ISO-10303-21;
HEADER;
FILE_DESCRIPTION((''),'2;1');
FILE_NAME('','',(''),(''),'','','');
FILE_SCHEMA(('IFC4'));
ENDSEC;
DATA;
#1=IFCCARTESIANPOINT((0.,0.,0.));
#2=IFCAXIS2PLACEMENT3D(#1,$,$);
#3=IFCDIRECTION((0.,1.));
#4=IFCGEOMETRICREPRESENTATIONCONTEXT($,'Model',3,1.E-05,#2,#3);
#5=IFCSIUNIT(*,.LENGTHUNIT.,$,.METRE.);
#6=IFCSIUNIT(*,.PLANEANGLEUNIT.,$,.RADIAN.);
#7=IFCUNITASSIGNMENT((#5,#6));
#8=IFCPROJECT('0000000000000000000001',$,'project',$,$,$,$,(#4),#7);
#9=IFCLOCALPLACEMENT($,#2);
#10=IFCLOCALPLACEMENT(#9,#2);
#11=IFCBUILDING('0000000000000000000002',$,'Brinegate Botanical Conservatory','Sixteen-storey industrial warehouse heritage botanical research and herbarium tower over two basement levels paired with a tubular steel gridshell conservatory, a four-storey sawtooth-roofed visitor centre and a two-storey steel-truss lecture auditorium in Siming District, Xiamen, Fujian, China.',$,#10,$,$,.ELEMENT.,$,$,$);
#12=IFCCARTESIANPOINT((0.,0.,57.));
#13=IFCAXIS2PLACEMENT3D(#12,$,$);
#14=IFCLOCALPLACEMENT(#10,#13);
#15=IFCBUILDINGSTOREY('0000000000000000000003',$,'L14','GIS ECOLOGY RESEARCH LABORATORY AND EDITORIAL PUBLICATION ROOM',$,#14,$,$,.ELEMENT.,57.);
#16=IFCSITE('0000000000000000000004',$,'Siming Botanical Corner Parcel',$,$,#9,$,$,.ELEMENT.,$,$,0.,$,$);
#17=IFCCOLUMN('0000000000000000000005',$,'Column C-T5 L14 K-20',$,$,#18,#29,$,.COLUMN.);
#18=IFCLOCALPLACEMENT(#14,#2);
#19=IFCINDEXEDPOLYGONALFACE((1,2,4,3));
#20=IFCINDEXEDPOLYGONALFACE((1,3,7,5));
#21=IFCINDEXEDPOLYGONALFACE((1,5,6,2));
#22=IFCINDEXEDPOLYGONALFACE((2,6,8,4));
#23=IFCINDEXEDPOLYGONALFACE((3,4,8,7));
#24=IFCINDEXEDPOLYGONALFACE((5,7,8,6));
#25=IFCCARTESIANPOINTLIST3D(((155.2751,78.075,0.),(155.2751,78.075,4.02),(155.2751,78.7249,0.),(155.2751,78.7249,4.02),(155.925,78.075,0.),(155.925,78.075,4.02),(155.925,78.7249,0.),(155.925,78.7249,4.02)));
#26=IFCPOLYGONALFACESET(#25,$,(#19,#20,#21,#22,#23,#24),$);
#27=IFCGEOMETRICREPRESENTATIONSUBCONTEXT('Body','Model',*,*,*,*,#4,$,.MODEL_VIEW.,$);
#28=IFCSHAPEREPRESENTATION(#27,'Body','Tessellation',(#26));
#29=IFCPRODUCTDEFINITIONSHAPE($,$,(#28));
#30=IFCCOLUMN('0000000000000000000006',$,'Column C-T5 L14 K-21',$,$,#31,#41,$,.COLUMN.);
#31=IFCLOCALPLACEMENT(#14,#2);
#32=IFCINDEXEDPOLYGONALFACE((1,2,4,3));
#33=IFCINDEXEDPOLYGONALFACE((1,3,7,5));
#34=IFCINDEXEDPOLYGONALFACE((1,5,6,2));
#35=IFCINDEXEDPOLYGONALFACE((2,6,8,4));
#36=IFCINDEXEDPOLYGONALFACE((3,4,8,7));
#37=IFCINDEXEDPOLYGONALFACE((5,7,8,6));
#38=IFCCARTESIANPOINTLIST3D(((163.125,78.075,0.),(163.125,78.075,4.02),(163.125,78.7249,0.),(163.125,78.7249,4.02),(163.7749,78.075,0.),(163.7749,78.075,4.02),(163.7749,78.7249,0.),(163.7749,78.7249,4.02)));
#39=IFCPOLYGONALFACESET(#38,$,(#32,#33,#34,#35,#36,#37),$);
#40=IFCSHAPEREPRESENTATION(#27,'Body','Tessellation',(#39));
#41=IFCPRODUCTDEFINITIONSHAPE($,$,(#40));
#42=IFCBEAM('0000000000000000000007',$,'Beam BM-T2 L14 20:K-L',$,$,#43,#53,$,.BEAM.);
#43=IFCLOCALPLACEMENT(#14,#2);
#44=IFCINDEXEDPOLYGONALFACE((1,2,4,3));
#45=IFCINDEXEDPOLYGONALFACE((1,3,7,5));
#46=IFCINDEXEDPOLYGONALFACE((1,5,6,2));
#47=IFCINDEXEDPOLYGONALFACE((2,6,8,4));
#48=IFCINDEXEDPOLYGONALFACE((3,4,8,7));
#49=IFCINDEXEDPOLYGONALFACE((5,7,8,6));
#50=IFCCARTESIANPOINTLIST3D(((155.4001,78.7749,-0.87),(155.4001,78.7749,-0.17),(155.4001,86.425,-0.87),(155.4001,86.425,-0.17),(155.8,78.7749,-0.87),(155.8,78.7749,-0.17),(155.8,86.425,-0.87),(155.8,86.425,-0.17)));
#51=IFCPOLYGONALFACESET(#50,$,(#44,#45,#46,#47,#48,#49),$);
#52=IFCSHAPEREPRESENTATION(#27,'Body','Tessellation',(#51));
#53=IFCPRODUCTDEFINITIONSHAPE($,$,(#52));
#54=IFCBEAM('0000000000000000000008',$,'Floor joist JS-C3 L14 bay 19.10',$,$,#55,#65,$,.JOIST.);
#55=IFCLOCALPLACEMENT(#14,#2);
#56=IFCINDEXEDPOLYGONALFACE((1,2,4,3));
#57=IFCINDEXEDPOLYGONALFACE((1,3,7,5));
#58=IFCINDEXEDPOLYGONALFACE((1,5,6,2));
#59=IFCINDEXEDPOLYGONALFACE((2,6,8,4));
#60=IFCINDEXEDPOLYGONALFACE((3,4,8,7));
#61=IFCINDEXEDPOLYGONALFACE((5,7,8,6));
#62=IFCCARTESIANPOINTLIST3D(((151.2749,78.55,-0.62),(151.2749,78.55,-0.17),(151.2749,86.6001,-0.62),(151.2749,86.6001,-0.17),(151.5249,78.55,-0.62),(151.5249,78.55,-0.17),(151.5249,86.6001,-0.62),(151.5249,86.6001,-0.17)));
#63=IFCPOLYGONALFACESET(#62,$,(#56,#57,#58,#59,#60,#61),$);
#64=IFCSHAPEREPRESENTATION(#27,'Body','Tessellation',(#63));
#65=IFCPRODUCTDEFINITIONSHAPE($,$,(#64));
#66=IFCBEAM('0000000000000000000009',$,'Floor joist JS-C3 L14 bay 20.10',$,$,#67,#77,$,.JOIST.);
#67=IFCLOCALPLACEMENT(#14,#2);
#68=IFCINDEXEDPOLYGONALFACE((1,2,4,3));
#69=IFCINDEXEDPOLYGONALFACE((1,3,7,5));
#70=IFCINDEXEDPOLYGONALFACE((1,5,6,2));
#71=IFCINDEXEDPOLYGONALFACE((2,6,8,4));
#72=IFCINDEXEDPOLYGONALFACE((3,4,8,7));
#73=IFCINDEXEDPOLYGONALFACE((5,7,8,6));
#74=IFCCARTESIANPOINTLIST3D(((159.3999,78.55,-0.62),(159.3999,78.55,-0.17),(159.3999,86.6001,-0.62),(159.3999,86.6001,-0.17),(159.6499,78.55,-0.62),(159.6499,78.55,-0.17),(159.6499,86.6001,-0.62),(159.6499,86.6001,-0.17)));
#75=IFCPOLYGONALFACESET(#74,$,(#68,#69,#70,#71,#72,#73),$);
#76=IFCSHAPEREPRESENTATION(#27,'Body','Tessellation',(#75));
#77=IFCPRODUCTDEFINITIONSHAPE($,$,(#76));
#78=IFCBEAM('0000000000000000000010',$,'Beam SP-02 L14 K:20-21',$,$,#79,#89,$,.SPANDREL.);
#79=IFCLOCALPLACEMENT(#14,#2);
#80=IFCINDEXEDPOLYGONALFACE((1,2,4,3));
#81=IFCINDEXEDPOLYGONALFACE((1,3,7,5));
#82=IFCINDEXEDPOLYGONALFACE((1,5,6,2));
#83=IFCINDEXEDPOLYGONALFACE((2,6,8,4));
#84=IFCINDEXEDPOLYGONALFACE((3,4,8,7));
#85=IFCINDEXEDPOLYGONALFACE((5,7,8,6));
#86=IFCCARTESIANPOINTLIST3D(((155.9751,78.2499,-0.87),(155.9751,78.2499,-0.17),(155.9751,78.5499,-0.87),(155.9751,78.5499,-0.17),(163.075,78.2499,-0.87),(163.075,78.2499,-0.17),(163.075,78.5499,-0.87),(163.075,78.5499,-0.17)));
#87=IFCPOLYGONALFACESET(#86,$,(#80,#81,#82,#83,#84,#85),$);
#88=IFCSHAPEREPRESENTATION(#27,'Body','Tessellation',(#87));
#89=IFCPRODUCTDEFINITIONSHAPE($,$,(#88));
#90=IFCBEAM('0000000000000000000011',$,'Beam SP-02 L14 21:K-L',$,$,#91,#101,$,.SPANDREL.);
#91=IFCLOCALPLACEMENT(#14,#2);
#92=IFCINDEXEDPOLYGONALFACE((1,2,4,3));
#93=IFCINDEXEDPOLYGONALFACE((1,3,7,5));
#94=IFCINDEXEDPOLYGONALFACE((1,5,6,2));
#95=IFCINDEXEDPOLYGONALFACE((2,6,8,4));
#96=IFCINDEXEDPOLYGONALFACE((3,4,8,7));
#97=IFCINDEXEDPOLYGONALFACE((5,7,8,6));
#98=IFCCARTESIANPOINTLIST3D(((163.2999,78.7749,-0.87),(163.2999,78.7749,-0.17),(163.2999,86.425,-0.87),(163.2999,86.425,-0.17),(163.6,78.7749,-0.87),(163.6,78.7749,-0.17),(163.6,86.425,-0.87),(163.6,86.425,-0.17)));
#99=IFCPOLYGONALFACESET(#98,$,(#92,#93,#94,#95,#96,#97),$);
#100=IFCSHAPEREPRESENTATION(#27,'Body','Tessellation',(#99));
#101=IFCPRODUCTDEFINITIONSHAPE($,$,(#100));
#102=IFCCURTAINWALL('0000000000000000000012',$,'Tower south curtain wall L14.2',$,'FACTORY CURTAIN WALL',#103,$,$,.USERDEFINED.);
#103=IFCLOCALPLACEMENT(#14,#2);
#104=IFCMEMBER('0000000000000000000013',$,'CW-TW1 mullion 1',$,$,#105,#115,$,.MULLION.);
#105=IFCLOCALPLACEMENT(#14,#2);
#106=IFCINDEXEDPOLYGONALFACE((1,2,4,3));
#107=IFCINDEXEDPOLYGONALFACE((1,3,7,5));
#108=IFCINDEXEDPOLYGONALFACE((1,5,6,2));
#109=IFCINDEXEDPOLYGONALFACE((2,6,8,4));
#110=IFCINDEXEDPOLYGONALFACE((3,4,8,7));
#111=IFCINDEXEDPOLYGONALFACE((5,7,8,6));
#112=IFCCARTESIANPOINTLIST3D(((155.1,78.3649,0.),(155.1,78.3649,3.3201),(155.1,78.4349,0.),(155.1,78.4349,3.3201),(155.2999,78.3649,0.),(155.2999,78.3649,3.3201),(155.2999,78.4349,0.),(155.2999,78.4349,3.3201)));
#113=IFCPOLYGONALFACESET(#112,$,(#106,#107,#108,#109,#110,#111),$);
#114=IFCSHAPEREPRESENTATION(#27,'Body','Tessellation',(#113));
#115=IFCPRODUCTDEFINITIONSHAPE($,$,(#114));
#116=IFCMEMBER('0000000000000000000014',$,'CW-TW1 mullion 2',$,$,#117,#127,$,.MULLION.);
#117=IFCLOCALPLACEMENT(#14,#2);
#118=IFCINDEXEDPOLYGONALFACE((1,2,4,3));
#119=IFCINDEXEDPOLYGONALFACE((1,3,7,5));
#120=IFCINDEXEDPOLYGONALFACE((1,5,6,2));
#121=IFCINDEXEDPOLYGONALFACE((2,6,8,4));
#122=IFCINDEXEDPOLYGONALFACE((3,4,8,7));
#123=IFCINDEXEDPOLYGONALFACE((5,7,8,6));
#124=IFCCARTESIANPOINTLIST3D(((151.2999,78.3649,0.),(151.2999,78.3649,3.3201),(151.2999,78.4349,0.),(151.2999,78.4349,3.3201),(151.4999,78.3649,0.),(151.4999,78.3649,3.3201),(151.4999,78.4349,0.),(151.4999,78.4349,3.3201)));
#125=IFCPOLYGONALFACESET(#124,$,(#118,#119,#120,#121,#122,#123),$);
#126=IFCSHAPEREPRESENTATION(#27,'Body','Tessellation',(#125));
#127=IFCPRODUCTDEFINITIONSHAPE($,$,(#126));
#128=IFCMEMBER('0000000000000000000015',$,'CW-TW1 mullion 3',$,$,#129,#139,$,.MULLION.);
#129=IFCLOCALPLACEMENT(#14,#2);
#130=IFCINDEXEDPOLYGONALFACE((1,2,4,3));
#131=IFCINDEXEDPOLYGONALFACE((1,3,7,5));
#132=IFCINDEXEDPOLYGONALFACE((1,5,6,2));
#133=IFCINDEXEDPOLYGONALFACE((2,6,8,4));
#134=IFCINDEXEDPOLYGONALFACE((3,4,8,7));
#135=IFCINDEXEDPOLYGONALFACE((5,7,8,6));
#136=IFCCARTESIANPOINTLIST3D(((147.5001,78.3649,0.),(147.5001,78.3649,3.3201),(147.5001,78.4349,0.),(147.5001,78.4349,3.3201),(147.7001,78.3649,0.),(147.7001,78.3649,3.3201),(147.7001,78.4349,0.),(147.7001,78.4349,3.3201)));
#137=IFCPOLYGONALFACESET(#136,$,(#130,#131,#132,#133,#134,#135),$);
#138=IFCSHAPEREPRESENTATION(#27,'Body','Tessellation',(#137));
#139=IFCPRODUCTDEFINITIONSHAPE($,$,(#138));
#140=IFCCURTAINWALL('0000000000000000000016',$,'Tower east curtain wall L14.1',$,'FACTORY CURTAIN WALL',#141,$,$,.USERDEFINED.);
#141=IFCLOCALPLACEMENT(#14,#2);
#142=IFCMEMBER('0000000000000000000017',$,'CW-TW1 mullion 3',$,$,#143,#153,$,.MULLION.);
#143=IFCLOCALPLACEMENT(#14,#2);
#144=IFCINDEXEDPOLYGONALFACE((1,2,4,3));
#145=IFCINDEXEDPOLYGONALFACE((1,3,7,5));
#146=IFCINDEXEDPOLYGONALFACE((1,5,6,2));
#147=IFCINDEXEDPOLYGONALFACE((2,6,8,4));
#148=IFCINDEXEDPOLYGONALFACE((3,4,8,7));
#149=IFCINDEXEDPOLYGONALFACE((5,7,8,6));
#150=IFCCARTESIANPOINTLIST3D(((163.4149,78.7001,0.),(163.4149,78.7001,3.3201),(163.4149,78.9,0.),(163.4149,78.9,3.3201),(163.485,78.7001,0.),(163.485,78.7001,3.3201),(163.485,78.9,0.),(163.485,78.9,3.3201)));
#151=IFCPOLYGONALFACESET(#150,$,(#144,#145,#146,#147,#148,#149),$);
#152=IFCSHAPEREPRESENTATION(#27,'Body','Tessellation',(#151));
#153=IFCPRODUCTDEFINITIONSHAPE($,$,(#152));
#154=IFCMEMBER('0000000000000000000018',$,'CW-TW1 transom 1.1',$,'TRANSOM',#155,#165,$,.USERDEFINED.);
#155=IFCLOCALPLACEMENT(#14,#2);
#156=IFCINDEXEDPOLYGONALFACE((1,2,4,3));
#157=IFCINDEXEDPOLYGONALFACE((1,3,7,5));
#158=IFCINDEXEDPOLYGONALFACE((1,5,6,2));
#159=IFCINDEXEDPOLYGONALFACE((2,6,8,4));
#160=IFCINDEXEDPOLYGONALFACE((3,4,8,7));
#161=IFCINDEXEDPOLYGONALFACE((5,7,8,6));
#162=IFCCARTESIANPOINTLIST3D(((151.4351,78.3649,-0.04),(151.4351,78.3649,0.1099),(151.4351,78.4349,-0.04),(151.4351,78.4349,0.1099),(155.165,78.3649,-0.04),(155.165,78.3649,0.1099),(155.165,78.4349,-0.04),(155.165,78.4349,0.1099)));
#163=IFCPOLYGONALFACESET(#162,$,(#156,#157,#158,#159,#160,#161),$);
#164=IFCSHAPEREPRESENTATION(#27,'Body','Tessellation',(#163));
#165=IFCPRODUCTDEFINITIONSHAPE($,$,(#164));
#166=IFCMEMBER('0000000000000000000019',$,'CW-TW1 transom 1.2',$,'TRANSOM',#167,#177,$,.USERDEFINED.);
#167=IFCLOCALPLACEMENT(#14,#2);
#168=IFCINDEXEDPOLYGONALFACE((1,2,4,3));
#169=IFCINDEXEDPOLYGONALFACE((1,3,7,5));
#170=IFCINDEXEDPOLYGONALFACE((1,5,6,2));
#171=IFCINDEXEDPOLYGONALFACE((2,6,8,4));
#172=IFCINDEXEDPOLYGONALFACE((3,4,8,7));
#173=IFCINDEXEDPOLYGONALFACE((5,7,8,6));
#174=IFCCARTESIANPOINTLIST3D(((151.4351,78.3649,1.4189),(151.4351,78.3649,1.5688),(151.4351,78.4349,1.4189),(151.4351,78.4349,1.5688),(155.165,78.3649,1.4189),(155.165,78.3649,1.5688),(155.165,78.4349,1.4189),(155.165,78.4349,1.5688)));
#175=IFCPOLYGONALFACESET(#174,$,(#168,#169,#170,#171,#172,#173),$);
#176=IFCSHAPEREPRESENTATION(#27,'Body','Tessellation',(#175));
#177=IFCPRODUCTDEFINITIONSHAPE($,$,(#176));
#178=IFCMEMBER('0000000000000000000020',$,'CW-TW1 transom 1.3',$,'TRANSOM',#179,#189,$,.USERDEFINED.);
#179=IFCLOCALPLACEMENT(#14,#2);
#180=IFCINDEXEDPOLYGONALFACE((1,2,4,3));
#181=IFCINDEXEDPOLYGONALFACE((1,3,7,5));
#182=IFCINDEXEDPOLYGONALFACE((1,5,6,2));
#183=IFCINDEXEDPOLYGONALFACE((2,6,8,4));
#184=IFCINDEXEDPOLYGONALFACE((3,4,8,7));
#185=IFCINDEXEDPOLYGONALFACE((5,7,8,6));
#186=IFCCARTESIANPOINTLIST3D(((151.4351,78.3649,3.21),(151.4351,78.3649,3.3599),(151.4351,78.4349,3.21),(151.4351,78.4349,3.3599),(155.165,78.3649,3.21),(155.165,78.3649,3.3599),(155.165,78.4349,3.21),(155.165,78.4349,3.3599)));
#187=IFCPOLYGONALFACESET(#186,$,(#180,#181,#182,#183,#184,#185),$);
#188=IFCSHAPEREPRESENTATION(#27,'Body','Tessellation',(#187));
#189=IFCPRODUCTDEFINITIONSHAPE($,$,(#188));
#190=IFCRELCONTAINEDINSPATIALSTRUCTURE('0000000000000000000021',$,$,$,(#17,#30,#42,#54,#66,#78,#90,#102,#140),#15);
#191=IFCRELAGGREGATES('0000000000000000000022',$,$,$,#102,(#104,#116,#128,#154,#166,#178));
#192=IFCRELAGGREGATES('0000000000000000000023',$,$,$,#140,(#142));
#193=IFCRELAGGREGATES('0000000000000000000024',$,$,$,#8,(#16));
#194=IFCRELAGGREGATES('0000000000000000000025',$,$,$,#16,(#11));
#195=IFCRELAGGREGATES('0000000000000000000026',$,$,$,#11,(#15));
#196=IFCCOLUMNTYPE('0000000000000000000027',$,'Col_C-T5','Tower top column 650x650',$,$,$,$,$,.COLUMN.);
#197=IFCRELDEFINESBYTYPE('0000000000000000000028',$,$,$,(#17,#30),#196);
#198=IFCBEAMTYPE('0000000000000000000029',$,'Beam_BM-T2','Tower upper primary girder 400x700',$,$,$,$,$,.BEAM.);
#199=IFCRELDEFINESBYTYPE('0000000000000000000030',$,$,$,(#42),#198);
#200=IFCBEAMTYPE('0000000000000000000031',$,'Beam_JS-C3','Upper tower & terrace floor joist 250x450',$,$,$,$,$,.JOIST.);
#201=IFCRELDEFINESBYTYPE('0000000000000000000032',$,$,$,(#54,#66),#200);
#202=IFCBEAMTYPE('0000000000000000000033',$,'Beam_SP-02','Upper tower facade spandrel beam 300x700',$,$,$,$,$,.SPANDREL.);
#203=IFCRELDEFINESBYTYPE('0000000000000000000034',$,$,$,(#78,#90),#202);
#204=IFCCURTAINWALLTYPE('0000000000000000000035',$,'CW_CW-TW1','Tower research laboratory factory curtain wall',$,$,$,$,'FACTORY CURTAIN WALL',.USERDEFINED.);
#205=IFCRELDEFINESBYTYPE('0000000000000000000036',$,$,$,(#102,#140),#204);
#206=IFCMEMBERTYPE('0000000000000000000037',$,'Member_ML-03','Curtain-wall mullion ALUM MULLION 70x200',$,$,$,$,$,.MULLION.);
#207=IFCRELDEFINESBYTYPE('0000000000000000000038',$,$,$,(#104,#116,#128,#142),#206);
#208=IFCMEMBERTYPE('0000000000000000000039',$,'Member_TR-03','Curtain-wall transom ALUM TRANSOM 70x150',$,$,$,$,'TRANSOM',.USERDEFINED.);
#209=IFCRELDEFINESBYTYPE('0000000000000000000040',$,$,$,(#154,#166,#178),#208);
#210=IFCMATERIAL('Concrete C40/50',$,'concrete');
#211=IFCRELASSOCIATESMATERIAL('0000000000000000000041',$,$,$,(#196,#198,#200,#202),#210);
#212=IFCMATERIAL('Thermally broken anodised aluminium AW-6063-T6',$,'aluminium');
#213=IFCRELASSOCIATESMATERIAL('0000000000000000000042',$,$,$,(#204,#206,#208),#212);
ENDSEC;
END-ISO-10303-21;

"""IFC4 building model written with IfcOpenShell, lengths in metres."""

from ifc_helpers import new_model, si_unit, direction, frame, origin, origin_2d, place, context, subcontext, project, spatial, rectangle, extrude, material, material_profile, profile_set, type_object, element, aggregate, save


model = new_model("IFC4")

# Units and contexts
model_context = context("Model", 3, precision=1e-05, world=origin(), true_north=direction((0.0, 1.0)))
body_context = subcontext(model_context, "Body", "Model", "MODEL_VIEW")
ifc_project = project(units=[si_unit("LENGTHUNIT", "METRE"), si_unit("PLANEANGLEUNIT", "RADIAN")], contexts=[model_context])

# Site, building, storey
site_placement = place(None, origin())
site = spatial("IfcSite", under=ifc_project, at=site_placement, Name="Siming Botanical Corner Parcel", CompositionType="ELEMENT", RefElevation=0.0)
building_placement = place(site_placement, origin())
building = spatial("IfcBuilding", under=site, at=building_placement, Name="Brinegate Botanical Conservatory", Description="Sixteen-storey industrial warehouse heritage botanical research and herbarium tower over two basement levels paired with a tubular steel gridshell conservatory, a four-storey sawtooth-roofed visitor centre and a two-storey steel-truss lecture auditorium in Siming District, Xiamen, Fujian, China.", CompositionType="ELEMENT")
storey_placement = place(building_placement, frame((0.0, 0.0, 57.0)))
storey = spatial("IfcBuildingStorey", under=building, at=storey_placement, Name="L14", Description="GIS ECOLOGY RESEARCH LABORATORY AND EDITORIAL PUBLICATION ROOM", CompositionType="ELEMENT", Elevation=57.0)

# Columns
ifc_material_1 = material(Name="Concrete C40/50", Category="concrete")
ifc_material_profile_1 = material_profile(ifc_material_1, rectangle(XDim=0.6499, YDim=0.6499, at=origin_2d()), Name="RC COL 650x650")
ifc_profile_set_1 = profile_set([ifc_material_profile_1], Name="Concrete C40/50")
column_type = type_object("IfcColumnType", Name="Col_C-T5", Description="Tower top column 650x650", PredefinedType="COLUMN", material=ifc_profile_set_1)
for number, where, z_axis, x_axis, name in (
    (1, (155.6001, 78.3999, 0.0), (0.0, 0.0, 1.0), (1.0, 0.0, 0.0), "Column C-T5 L14 K-20"),
    (2, (163.45, 78.3999, 0.0), (0.0, 0.0, 1.0), (1.0, 0.0, 0.0), "Column C-T5 L14 K-21"),
):
    element("IfcColumn", number, at=place(storey_placement, frame(where, z_axis=z_axis, x_axis=x_axis)), inside=storey, type_object=column_type, Name=name, PredefinedType="COLUMN", context=body_context, shape_type="SweptSolid", body=[
        extrude(rectangle(XDim=0.6499, YDim=0.6499, at=origin_2d()), origin(), (0.0, 0.0, 1.0), 4.02),
    ])

# Beams
ifc_material_profile_2 = material_profile(ifc_material_1, rectangle(XDim=0.3999, YDim=0.7, at=origin_2d()), Name="RC BM 400x700")
ifc_profile_set_2 = profile_set([ifc_material_profile_2], Name="Concrete C40/50")
beam_type_1 = type_object("IfcBeamType", Name="Beam_BM-T2", Description="Tower upper primary girder 400x700", PredefinedType="BEAM", material=ifc_profile_set_2)
beam_1_placement = place(storey_placement, frame((155.6001, 78.7749, -0.52), z_axis=(0.0, 1.0, 0.0), x_axis=(-1.0, 0.0, 0.0)))
element("IfcBeam", 3, at=beam_1_placement, inside=storey, type_object=beam_type_1, Name="Beam BM-T2 L14 20:K-L", PredefinedType="BEAM", context=body_context, shape_type="SweptSolid", body=[
    extrude(rectangle(XDim=0.3999, YDim=0.7, at=origin_2d()), origin(), (0.0, 0.0, 1.0), 7.6501),
])
ifc_material_profile_3 = material_profile(ifc_material_1, rectangle(XDim=0.25, YDim=0.45, at=origin_2d()), Name="RC JST 250x450")
ifc_profile_set_3 = profile_set([ifc_material_profile_3], Name="Concrete C40/50")
beam_type_2 = type_object("IfcBeamType", Name="Beam_JS-C3", Description="Upper tower & terrace floor joist 250x450", PredefinedType="JOIST", material=ifc_profile_set_3)
for number, where, z_axis, x_axis, name in (
    (4, (151.3999, 78.55, -0.395), (0.0, 1.0, 0.0), (-1.0, 0.0, 0.0), "Floor joist JS-C3 L14 bay 19.10"),
    (5, (159.5249, 78.55, -0.395), (0.0, 1.0, 0.0), (-1.0, 0.0, 0.0), "Floor joist JS-C3 L14 bay 20.10"),
):
    element("IfcBeam", number, at=place(storey_placement, frame(where, z_axis=z_axis, x_axis=x_axis)), inside=storey, type_object=beam_type_2, Name=name, PredefinedType="JOIST", context=body_context, shape_type="SweptSolid", body=[
        extrude(rectangle(XDim=0.25, YDim=0.45, at=origin_2d()), origin(), (0.0, 0.0, 1.0), 8.05),
    ])
ifc_material_profile_4 = material_profile(ifc_material_1, rectangle(XDim=0.3, YDim=0.7, at=origin_2d()), Name="RC SPN 300x700")
ifc_profile_set_4 = profile_set([ifc_material_profile_4], Name="Concrete C40/50")
beam_type_3 = type_object("IfcBeamType", Name="Beam_SP-02", Description="Upper tower facade spandrel beam 300x700", PredefinedType="SPANDREL", material=ifc_profile_set_4)
beam_2_placement = place(storey_placement, frame((155.9751, 78.3999, -0.52), z_axis=(1.0, 0.0, 0.0), x_axis=(0.0, 1.0, 0.0)))
element("IfcBeam", 6, at=beam_2_placement, inside=storey, type_object=beam_type_3, Name="Beam SP-02 L14 K:20-21", PredefinedType="SPANDREL", context=body_context, shape_type="SweptSolid", body=[
    extrude(rectangle(XDim=0.3, YDim=0.7, at=origin_2d()), origin(), (0.0, 0.0, 1.0), 7.0999),
])
beam_3_placement = place(storey_placement, frame((163.45, 78.7749, -0.52), z_axis=(0.0, 1.0, 0.0), x_axis=(-1.0, 0.0, 0.0)))
element("IfcBeam", 7, at=beam_3_placement, inside=storey, type_object=beam_type_3, Name="Beam SP-02 L14 21:K-L", PredefinedType="SPANDREL", context=body_context, shape_type="SweptSolid", body=[
    extrude(rectangle(XDim=0.3, YDim=0.7, at=origin_2d()), origin(), (0.0, 0.0, 1.0), 7.6501),
])

# Curtain wall, members
ifc_material_2 = material(Name="Thermally broken anodised aluminium AW-6063-T6", Category="aluminium")
curtain_wall_type = type_object("IfcCurtainWallType", Name="CW_CW-TW1", Description="Tower research laboratory factory curtain wall", ElementType="FACTORY CURTAIN WALL", PredefinedType="USERDEFINED", material=ifc_material_2)
curtain_wall_1_placement = place(storey_placement, origin())
curtain_wall_1 = element("IfcCurtainWall", 8, at=curtain_wall_1_placement, inside=storey, type_object=curtain_wall_type, Name="Tower south curtain wall L14.2", ObjectType="FACTORY CURTAIN WALL", PredefinedType="USERDEFINED")
ifc_material_profile_5 = material_profile(ifc_material_2, rectangle(XDim=0.0701, YDim=0.2, at=origin_2d()), Name="ALUM MULLION 70x200")
ifc_profile_set_5 = profile_set([ifc_material_profile_5], Name="Thermally broken anodised aluminium AW-6063-T6")
member_type_1 = type_object("IfcMemberType", Name="Member_ML-03", Description="Curtain-wall mullion ALUM MULLION 70x200", PredefinedType="MULLION", material=ifc_profile_set_5)
member_1_placement = place(storey_placement, frame((155.2, 78.3999, 0.0), z_axis=(0.0, 0.0, 1.0), x_axis=(0.0, -1.0, 0.0)))
member_1 = element("IfcMember", 9, at=member_1_placement, type_object=member_type_1, Name="CW-TW1 mullion 1", PredefinedType="MULLION", context=body_context, shape_type="SweptSolid", body=[
    extrude(rectangle(XDim=0.0701, YDim=0.2, at=origin_2d()), origin(), (0.0, 0.0, 1.0), 3.3201),
])
member_2_placement = place(storey_placement, frame((151.3999, 78.3999, 0.0), z_axis=(0.0, 0.0, 1.0), x_axis=(0.0, -1.0, 0.0)))
member_2 = element("IfcMember", 10, at=member_2_placement, type_object=member_type_1, Name="CW-TW1 mullion 2", PredefinedType="MULLION", context=body_context, shape_type="SweptSolid", body=[
    extrude(rectangle(XDim=0.0701, YDim=0.2, at=origin_2d()), origin(), (0.0, 0.0, 1.0), 3.3201),
])
member_3_placement = place(storey_placement, frame((147.6001, 78.3999, 0.0), z_axis=(0.0, 0.0, 1.0), x_axis=(0.0, -1.0, 0.0)))
member_3 = element("IfcMember", 11, at=member_3_placement, type_object=member_type_1, Name="CW-TW1 mullion 3", PredefinedType="MULLION", context=body_context, shape_type="SweptSolid", body=[
    extrude(rectangle(XDim=0.0701, YDim=0.2, at=origin_2d()), origin(), (0.0, 0.0, 1.0), 3.3201),
])

# Curtain wall, member
curtain_wall_2_placement = place(storey_placement, origin())
curtain_wall_2 = element("IfcCurtainWall", 12, at=curtain_wall_2_placement, inside=storey, type_object=curtain_wall_type, Name="Tower east curtain wall L14.1", ObjectType="FACTORY CURTAIN WALL", PredefinedType="USERDEFINED")
member_4_placement = place(storey_placement, frame((163.45, 78.8, 0.0), z_axis=(0.0, 0.0, 1.0), x_axis=(1.0, 0.0, 0.0)))
member_4 = element("IfcMember", 13, at=member_4_placement, type_object=member_type_1, Name="CW-TW1 mullion 3", PredefinedType="MULLION", context=body_context, shape_type="SweptSolid", body=[
    extrude(rectangle(XDim=0.0701, YDim=0.2, at=origin_2d()), origin(), (0.0, 0.0, 1.0), 3.3201),
])

# Members
ifc_material_profile_6 = material_profile(ifc_material_2, rectangle(XDim=0.0701, YDim=0.1499, at=origin_2d()), Name="ALUM TRANSOM 70x150")
ifc_profile_set_6 = profile_set([ifc_material_profile_6], Name="Thermally broken anodised aluminium AW-6063-T6")
member_type_2 = type_object("IfcMemberType", Name="Member_TR-03", Description="Curtain-wall transom ALUM TRANSOM 70x150", ElementType="TRANSOM", PredefinedType="USERDEFINED", material=ifc_profile_set_6)
member_5_placement = place(storey_placement, frame((155.165, 78.3999, 0.0349), z_axis=(-1.0, 0.0, 0.0), x_axis=(0.0, -1.0, 0.0)))
member_5 = element("IfcMember", 14, at=member_5_placement, type_object=member_type_2, Name="CW-TW1 transom 1.1", ObjectType="TRANSOM", PredefinedType="USERDEFINED", context=body_context, shape_type="SweptSolid", body=[
    extrude(rectangle(XDim=0.0701, YDim=0.1499, at=origin_2d()), origin(), (0.0, 0.0, 1.0), 3.73),
])
member_6_placement = place(storey_placement, frame((155.165, 78.3999, 1.4939), z_axis=(-1.0, 0.0, 0.0), x_axis=(0.0, -1.0, 0.0)))
member_6 = element("IfcMember", 15, at=member_6_placement, type_object=member_type_2, Name="CW-TW1 transom 1.2", ObjectType="TRANSOM", PredefinedType="USERDEFINED", context=body_context, shape_type="SweptSolid", body=[
    extrude(rectangle(XDim=0.0701, YDim=0.1499, at=origin_2d()), origin(), (0.0, 0.0, 1.0), 3.73),
])
member_7_placement = place(storey_placement, frame((155.165, 78.3999, 3.2849), z_axis=(-1.0, 0.0, 0.0), x_axis=(0.0, -1.0, 0.0)))
member_7 = element("IfcMember", 16, at=member_7_placement, type_object=member_type_2, Name="CW-TW1 transom 1.3", ObjectType="TRANSOM", PredefinedType="USERDEFINED", context=body_context, shape_type="SweptSolid", body=[
    extrude(rectangle(XDim=0.0701, YDim=0.1499, at=origin_2d()), origin(), (0.0, 0.0, 1.0), 3.73),
])

aggregate(curtain_wall_1, [member_1, member_2, member_3, member_5, member_6, member_7])
aggregate(curtain_wall_2, [member_4])

save(model, "model.ifc")
